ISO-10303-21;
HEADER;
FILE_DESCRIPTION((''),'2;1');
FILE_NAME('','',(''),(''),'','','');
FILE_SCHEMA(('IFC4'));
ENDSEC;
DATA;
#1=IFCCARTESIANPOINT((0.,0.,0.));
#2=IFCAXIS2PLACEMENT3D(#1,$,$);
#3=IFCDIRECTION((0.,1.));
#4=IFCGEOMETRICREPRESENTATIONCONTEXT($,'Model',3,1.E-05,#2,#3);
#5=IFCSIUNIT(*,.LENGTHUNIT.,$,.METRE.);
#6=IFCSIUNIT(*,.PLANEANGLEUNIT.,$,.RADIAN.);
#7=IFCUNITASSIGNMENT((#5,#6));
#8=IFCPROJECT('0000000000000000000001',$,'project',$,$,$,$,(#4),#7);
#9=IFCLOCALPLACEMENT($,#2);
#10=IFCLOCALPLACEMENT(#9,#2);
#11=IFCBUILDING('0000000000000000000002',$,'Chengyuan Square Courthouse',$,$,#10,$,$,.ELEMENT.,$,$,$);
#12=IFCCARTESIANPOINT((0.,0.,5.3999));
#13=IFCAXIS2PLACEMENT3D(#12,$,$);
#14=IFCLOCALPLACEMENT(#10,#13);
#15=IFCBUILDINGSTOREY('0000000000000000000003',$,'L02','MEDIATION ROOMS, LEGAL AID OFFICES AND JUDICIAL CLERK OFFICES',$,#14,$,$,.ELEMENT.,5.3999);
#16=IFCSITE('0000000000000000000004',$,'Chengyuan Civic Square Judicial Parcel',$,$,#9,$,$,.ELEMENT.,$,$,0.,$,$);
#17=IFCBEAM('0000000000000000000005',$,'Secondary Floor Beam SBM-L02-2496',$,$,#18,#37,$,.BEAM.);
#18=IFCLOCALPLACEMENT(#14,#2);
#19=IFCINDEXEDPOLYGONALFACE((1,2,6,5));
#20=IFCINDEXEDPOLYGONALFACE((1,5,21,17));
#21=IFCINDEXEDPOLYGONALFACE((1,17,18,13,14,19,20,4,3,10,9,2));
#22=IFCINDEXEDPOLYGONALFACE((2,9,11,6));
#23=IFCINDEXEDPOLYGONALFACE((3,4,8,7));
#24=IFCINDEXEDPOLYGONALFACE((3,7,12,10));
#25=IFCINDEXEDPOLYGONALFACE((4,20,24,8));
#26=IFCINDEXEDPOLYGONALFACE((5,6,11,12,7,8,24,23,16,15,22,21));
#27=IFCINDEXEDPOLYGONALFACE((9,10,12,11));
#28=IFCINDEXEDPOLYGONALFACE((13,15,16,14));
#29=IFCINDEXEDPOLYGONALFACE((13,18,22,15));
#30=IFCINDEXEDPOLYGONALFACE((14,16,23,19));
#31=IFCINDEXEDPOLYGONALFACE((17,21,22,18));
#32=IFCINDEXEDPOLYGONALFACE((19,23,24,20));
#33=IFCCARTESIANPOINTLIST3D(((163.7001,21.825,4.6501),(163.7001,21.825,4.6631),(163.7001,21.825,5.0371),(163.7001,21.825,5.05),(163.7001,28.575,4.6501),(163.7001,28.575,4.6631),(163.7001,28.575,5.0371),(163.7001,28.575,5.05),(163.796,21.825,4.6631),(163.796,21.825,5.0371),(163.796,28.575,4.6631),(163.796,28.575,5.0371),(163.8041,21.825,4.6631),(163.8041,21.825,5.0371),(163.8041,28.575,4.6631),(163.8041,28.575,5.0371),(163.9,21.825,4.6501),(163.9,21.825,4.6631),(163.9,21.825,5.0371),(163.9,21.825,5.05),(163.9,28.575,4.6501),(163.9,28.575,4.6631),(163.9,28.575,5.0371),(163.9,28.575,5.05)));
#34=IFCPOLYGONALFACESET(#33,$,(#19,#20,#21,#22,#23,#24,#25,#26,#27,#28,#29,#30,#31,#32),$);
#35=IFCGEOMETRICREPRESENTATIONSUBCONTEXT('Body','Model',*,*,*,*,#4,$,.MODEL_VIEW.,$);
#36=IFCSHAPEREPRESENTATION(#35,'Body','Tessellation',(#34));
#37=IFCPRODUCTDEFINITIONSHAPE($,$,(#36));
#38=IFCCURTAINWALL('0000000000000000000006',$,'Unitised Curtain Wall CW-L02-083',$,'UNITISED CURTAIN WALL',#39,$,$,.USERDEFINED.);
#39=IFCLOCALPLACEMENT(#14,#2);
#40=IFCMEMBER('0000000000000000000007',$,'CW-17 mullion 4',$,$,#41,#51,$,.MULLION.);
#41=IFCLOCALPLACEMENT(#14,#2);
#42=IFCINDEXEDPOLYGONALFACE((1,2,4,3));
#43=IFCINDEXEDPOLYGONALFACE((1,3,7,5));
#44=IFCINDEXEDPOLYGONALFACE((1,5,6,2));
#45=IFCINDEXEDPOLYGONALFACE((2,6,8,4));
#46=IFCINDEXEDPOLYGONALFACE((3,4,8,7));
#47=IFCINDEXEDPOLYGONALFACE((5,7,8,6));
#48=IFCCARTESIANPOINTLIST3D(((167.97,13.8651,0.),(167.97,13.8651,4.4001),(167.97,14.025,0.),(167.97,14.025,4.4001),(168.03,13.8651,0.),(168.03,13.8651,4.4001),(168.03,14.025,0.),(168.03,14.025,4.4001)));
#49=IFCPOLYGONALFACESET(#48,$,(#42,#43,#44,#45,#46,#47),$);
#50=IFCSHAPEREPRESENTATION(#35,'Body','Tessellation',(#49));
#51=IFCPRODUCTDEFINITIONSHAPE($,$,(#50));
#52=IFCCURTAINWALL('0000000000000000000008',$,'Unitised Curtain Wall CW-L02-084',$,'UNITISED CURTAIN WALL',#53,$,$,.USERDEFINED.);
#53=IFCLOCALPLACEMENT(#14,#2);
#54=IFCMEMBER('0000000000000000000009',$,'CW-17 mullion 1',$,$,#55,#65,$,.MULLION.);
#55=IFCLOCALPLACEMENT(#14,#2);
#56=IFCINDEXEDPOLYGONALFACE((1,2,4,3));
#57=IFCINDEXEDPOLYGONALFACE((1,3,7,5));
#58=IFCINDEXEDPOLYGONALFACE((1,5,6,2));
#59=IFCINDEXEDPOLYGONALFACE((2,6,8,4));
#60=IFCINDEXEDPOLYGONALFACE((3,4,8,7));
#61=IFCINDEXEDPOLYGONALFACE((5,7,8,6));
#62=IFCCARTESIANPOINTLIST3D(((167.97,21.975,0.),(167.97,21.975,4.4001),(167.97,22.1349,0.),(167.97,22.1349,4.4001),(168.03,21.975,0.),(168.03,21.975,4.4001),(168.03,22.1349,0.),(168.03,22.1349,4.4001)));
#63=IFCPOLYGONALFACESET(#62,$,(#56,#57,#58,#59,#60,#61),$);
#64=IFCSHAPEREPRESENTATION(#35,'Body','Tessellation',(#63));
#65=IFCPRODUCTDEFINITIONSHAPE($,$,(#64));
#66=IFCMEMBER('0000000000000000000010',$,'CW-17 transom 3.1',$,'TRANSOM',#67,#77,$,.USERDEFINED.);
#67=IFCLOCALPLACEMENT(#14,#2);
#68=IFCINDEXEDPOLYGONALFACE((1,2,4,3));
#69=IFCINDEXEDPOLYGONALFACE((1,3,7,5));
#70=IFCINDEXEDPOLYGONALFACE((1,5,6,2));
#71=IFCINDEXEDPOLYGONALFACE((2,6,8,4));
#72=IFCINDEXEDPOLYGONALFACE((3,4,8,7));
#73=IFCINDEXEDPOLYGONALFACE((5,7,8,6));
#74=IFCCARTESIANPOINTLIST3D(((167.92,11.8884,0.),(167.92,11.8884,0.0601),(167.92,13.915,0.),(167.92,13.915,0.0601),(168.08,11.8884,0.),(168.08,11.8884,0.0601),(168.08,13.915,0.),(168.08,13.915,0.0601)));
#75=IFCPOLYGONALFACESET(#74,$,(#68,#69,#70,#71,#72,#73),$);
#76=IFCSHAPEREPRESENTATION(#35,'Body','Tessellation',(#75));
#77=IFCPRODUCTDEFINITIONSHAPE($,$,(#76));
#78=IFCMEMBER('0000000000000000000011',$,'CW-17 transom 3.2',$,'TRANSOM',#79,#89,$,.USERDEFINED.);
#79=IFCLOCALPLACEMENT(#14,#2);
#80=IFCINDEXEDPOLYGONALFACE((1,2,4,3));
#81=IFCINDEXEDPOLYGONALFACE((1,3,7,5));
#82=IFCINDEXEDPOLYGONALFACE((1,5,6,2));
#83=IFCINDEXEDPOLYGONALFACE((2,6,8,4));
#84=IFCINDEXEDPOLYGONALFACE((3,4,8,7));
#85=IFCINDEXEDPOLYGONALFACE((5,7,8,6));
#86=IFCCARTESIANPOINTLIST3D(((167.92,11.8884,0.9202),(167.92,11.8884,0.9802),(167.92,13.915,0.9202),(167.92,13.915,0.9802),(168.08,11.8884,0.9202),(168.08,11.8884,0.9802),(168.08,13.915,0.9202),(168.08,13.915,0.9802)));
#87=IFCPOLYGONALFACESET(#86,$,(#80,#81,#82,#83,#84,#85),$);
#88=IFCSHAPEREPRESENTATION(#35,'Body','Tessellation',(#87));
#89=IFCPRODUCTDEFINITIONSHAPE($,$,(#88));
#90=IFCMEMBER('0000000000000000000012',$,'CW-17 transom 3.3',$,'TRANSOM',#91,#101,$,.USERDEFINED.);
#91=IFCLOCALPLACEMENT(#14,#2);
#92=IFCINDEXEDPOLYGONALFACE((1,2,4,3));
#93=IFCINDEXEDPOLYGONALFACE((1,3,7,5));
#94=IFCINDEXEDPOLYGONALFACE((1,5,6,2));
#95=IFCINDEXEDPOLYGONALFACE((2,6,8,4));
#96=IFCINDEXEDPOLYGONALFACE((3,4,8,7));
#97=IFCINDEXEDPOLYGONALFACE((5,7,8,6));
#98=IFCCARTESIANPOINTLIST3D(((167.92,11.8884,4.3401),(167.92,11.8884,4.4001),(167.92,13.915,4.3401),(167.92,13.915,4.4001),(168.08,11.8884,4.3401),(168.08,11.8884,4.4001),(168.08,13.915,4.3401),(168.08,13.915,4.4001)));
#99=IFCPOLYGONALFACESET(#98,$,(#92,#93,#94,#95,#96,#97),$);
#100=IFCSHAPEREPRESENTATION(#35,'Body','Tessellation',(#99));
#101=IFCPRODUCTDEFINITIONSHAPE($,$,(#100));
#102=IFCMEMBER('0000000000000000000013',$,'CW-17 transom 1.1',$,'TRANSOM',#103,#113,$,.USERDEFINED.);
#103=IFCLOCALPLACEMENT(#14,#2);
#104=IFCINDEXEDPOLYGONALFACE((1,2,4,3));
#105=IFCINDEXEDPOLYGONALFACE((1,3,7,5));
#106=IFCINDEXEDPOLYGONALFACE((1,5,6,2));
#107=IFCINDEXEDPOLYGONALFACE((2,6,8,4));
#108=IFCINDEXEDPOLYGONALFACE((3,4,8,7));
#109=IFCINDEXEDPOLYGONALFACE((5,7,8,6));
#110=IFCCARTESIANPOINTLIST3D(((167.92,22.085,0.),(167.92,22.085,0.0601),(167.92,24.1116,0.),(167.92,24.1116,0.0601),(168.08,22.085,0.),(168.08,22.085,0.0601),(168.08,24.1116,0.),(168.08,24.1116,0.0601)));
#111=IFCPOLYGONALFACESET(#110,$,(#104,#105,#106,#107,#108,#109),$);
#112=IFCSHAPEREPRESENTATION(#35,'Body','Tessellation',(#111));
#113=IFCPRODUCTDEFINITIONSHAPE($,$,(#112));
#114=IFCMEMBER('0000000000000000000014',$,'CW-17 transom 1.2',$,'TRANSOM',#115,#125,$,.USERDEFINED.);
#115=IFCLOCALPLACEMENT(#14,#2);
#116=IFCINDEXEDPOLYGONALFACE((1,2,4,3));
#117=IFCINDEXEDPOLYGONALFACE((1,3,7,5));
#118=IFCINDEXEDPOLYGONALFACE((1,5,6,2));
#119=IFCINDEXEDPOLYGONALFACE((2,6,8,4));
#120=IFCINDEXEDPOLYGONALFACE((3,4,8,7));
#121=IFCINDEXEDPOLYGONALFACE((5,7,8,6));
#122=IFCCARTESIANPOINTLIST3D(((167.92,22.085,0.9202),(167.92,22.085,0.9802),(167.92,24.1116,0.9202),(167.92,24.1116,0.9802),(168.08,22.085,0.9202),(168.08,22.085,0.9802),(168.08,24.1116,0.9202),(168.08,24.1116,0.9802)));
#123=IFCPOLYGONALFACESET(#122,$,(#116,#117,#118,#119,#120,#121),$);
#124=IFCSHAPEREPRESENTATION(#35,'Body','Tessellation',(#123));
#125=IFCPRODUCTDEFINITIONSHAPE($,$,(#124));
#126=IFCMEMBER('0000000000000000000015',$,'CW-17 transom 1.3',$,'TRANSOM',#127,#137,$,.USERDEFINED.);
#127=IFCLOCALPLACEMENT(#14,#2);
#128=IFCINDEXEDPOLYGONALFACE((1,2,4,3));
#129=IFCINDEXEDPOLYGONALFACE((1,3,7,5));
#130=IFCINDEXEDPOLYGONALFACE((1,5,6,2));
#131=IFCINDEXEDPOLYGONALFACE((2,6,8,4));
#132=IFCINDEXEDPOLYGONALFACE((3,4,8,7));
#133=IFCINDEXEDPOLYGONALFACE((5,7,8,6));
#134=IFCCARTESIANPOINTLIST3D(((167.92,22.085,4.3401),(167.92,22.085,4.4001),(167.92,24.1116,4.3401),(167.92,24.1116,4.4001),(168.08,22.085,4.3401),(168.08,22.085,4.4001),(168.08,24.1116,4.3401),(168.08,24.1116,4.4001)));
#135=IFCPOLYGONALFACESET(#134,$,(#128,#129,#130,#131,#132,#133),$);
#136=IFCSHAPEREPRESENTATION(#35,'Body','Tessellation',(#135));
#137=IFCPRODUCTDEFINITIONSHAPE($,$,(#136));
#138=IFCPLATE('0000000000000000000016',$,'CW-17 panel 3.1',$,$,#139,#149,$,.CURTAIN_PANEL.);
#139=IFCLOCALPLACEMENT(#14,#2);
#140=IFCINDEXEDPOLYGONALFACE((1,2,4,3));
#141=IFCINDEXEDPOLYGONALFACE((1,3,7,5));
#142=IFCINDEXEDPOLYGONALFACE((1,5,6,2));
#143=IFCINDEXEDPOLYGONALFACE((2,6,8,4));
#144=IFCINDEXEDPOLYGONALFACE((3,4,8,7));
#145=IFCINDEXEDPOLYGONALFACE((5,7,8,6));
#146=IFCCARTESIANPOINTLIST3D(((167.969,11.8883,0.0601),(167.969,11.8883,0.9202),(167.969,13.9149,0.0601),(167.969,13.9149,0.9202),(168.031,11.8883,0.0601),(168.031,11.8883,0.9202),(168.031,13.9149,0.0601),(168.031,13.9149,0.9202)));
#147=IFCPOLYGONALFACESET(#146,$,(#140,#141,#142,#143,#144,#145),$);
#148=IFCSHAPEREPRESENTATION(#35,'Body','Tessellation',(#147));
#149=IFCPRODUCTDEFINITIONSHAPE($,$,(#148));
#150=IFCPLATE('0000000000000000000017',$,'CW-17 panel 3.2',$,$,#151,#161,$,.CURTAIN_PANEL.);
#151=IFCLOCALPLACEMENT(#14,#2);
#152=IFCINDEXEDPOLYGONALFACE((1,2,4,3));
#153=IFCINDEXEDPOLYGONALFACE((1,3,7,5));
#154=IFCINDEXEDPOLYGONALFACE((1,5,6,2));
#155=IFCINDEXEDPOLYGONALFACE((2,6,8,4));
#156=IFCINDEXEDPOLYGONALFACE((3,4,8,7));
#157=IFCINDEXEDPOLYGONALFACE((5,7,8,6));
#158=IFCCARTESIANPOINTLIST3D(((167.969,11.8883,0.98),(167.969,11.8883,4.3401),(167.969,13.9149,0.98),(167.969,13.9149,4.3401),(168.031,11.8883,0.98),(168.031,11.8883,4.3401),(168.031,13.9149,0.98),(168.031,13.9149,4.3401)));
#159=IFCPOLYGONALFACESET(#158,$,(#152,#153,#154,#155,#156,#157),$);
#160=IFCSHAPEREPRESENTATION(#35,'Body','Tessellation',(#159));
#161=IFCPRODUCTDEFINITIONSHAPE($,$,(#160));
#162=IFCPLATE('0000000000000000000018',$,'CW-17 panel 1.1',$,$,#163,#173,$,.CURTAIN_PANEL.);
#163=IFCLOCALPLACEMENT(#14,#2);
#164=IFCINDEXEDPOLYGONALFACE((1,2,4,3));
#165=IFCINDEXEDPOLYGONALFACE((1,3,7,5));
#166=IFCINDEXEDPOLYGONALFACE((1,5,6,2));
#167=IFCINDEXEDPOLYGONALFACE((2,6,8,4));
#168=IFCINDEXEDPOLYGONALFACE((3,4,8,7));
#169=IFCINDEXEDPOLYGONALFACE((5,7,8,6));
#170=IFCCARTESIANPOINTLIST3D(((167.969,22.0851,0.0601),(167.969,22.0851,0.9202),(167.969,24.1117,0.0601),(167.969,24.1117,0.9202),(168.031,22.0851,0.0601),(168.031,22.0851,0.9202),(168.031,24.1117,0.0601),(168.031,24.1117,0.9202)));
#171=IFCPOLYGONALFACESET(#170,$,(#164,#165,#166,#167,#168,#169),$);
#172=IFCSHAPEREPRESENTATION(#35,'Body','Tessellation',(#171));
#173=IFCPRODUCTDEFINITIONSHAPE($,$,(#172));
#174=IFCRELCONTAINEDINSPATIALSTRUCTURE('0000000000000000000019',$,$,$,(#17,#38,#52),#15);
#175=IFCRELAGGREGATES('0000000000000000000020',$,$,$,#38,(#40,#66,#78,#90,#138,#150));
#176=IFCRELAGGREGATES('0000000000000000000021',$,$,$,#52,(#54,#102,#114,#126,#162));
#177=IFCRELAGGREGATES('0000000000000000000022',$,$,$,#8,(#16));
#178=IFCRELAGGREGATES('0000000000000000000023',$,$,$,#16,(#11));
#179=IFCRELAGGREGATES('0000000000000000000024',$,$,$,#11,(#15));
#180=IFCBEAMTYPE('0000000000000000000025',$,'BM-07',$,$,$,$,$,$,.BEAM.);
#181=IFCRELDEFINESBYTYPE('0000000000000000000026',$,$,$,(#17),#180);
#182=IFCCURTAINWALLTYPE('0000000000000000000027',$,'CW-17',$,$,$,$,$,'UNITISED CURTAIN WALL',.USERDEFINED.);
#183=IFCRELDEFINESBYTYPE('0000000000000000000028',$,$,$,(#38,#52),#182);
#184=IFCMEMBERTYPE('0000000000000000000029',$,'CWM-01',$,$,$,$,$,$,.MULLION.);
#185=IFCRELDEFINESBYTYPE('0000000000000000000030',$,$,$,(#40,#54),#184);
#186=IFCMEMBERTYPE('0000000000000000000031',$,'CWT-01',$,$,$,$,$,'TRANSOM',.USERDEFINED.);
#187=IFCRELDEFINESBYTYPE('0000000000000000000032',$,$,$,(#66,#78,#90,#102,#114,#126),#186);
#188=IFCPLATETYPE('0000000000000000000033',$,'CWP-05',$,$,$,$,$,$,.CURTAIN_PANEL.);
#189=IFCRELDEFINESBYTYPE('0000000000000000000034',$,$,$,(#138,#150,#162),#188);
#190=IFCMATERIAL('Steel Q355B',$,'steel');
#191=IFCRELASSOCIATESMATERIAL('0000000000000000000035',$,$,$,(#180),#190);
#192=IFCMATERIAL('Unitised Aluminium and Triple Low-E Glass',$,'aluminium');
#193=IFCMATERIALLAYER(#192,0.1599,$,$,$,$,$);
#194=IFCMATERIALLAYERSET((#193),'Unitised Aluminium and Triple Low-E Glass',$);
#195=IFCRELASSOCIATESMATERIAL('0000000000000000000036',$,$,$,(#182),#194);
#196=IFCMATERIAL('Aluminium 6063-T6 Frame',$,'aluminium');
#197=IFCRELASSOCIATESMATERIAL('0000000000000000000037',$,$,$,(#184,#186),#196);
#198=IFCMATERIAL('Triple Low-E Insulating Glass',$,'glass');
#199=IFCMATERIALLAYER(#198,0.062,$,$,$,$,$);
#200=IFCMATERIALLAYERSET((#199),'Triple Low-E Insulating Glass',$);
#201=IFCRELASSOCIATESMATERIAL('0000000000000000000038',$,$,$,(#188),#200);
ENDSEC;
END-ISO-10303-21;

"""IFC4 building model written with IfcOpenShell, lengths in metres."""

from ifc_helpers import new_model, si_unit, direction, frame, origin, origin_2d, place, context, subcontext, project, spatial, rectangle, i_section, extrude, material, layer, layer_set, material_profile, profile_set, type_object, element, aggregate, save


model = new_model("IFC4")

# Units and contexts
model_context = context("Model", 3, precision=1e-05, world=origin(), true_north=direction((0.0, 1.0)))
body_context = subcontext(model_context, "Body", "Model", "MODEL_VIEW")
ifc_project = project(units=[si_unit("LENGTHUNIT", "METRE"), si_unit("PLANEANGLEUNIT", "RADIAN")], contexts=[model_context])

# Site, building, storey
site_placement = place(None, origin())
site = spatial("IfcSite", under=ifc_project, at=site_placement, Name="Chengyuan Civic Square Judicial Parcel", CompositionType="ELEMENT", RefElevation=0.0)
building_placement = place(site_placement, origin())
building = spatial("IfcBuilding", under=site, at=building_placement, Name="Chengyuan Square Courthouse", CompositionType="ELEMENT")
storey_placement = place(building_placement, frame((0.0, 0.0, 5.3999)))
storey = spatial("IfcBuildingStorey", under=building, at=storey_placement, Name="L02", Description="MEDIATION ROOMS, LEGAL AID OFFICES AND JUDICIAL CLERK OFFICES", CompositionType="ELEMENT", Elevation=5.3999)

# Beam
ifc_material_1 = material(Name="Steel Q355B", Category="steel")
ifc_material_profile_1 = material_profile(ifc_material_1, i_section(OverallWidth=0.2, OverallDepth=0.3999, WebThickness=0.0081, FlangeThickness=0.0129, at=origin_2d()), Name="HN 400x200x8x13")
ifc_profile_set_1 = profile_set([ifc_material_profile_1], Name="Steel Q355B")
beam_type_1 = type_object("IfcBeamType", Name="BM-07", PredefinedType="BEAM", material=ifc_profile_set_1)
beam_1_placement = place(storey_placement, frame((163.8, 21.825, 4.8501), z_axis=(0.0, 1.0, 0.0), x_axis=(-1.0, 0.0, 0.0)))
element("IfcBeam", 1, at=beam_1_placement, inside=storey, type_object=beam_type_1, Name="Secondary Floor Beam SBM-L02-2496", PredefinedType="BEAM", context=body_context, shape_type="SweptSolid", body=[
    extrude(i_section(OverallWidth=0.2, OverallDepth=0.3999, WebThickness=0.0081, FlangeThickness=0.0129, at=origin_2d()), origin(), (0.0, 0.0, 1.0), 6.75),
])

# Curtain walls, members
ifc_material_2 = material(Name="Unitised Aluminium and Triple Low-E Glass", Category="aluminium")
ifc_layer_1 = layer(ifc_material_2, 0.1599)
ifc_layer_set_1 = layer_set([ifc_layer_1], Name="Unitised Aluminium and Triple Low-E Glass")
curtain_wall_type = type_object("IfcCurtainWallType", Name="CW-17", ElementType="UNITISED CURTAIN WALL", PredefinedType="USERDEFINED", material=ifc_layer_set_1)
curtain_wall_1_placement = place(storey_placement, origin())
curtain_wall_1 = element("IfcCurtainWall", 2, at=curtain_wall_1_placement, inside=storey, type_object=curtain_wall_type, Name="Unitised Curtain Wall CW-L02-083", ObjectType="UNITISED CURTAIN WALL", PredefinedType="USERDEFINED")
ifc_material_3 = material(Name="Aluminium 6063-T6 Frame", Category="aluminium")
ifc_material_profile_2 = material_profile(ifc_material_3, rectangle(XDim=0.0601, YDim=0.1599, at=origin_2d()), Name="CW-MUL-60x160")
ifc_profile_set_2 = profile_set([ifc_material_profile_2], Name="Aluminium 6063-T6 Frame")
member_type_1 = type_object("IfcMemberType", Name="CWM-01", PredefinedType="MULLION", material=ifc_profile_set_2)
member_1_placement = place(storey_placement, frame((168.0, 13.9451, 0.0), z_axis=(0.0, 0.0, 1.0), x_axis=(-1.0, 0.0, 0.0)))
member_1 = element("IfcMember", 3, at=member_1_placement, type_object=member_type_1, Name="CW-17 mullion 4", PredefinedType="MULLION", context=body_context, shape_type="SweptSolid", body=[
    extrude(rectangle(XDim=0.0601, YDim=0.1599, at=origin_2d()), origin(), (0.0, 0.0, 1.0), 4.4001),
])
curtain_wall_2_placement = place(storey_placement, origin())
curtain_wall_2 = element("IfcCurtainWall", 4, at=curtain_wall_2_placement, inside=storey, type_object=curtain_wall_type, Name="Unitised Curtain Wall CW-L02-084", ObjectType="UNITISED CURTAIN WALL", PredefinedType="USERDEFINED")
member_2_placement = place(storey_placement, frame((168.0, 22.0549, 0.0), z_axis=(0.0, 0.0, 1.0), x_axis=(-1.0, 0.0, 0.0)))
member_2 = element("IfcMember", 5, at=member_2_placement, type_object=member_type_1, Name="CW-17 mullion 1", PredefinedType="MULLION", context=body_context, shape_type="SweptSolid", body=[
    extrude(rectangle(XDim=0.0601, YDim=0.1599, at=origin_2d()), origin(), (0.0, 0.0, 1.0), 4.4001),
])

# Members
ifc_material_profile_3 = material_profile(ifc_material_3, rectangle(XDim=0.1599, YDim=0.0601, at=origin_2d()), Name="CW-TRN-60x120")
ifc_profile_set_3 = profile_set([ifc_material_profile_3], Name="Aluminium 6063-T6 Frame")
member_type_2 = type_object("IfcMemberType", Name="CWT-01", ElementType="TRANSOM", PredefinedType="USERDEFINED", material=ifc_profile_set_3)
member_3_placement = place(storey_placement, frame((168.0, 11.8884, 0.03), z_axis=(0.0, 1.0, 0.0), x_axis=(-1.0, 0.0, 0.0)))
member_3 = element("IfcMember", 6, at=member_3_placement, type_object=member_type_2, Name="CW-17 transom 3.1", ObjectType="TRANSOM", PredefinedType="USERDEFINED", context=body_context, shape_type="SweptSolid", body=[
    extrude(rectangle(XDim=0.1599, YDim=0.0601, at=origin_2d()), origin(), (0.0, 0.0, 1.0), 2.0266),
])
member_4_placement = place(storey_placement, frame((168.0, 11.8884, 0.9502), z_axis=(0.0, 1.0, 0.0), x_axis=(-1.0, 0.0, 0.0)))
member_4 = element("IfcMember", 7, at=member_4_placement, type_object=member_type_2, Name="CW-17 transom 3.2", ObjectType="TRANSOM", PredefinedType="USERDEFINED", context=body_context, shape_type="SweptSolid", body=[
    extrude(rectangle(XDim=0.1599, YDim=0.0601, at=origin_2d()), origin(), (0.0, 0.0, 1.0), 2.0266),
])
member_5_placement = place(storey_placement, frame((168.0, 11.8884, 4.3701), z_axis=(0.0, 1.0, 0.0), x_axis=(-1.0, 0.0, 0.0)))
member_5 = element("IfcMember", 8, at=member_5_placement, type_object=member_type_2, Name="CW-17 transom 3.3", ObjectType="TRANSOM", PredefinedType="USERDEFINED", context=body_context, shape_type="SweptSolid", body=[
    extrude(rectangle(XDim=0.1599, YDim=0.0601, at=origin_2d()), origin(), (0.0, 0.0, 1.0), 2.0266),
])
member_6_placement = place(storey_placement, frame((168.0, 22.085, 0.03), z_axis=(0.0, 1.0, 0.0), x_axis=(-1.0, 0.0, 0.0)))
member_6 = element("IfcMember", 9, at=member_6_placement, type_object=member_type_2, Name="CW-17 transom 1.1", ObjectType="TRANSOM", PredefinedType="USERDEFINED", context=body_context, shape_type="SweptSolid", body=[
    extrude(rectangle(XDim=0.1599, YDim=0.0601, at=origin_2d()), origin(), (0.0, 0.0, 1.0), 2.0266),
])
member_7_placement = place(storey_placement, frame((168.0, 22.085, 0.9502), z_axis=(0.0, 1.0, 0.0), x_axis=(-1.0, 0.0, 0.0)))
member_7 = element("IfcMember", 10, at=member_7_placement, type_object=member_type_2, Name="CW-17 transom 1.2", ObjectType="TRANSOM", PredefinedType="USERDEFINED", context=body_context, shape_type="SweptSolid", body=[
    extrude(rectangle(XDim=0.1599, YDim=0.0601, at=origin_2d()), origin(), (0.0, 0.0, 1.0), 2.0266),
])
member_8_placement = place(storey_placement, frame((168.0, 22.085, 4.3701), z_axis=(0.0, 1.0, 0.0), x_axis=(-1.0, 0.0, 0.0)))
member_8 = element("IfcMember", 11, at=member_8_placement, type_object=member_type_2, Name="CW-17 transom 1.3", ObjectType="TRANSOM", PredefinedType="USERDEFINED", context=body_context, shape_type="SweptSolid", body=[
    extrude(rectangle(XDim=0.1599, YDim=0.0601, at=origin_2d()), origin(), (0.0, 0.0, 1.0), 2.0266),
])

# Plates
ifc_material_4 = material(Name="Triple Low-E Insulating Glass", Category="glass")
ifc_layer_2 = layer(ifc_material_4, 0.062)
ifc_layer_set_2 = layer_set([ifc_layer_2], Name="Triple Low-E Insulating Glass")
plate_type = type_object("IfcPlateType", Name="CWP-05", PredefinedType="CURTAIN_PANEL", material=ifc_layer_set_2)
plate_1_placement = place(storey_placement, frame((168.0, 12.9016, 0.0601), z_axis=(0.0, 0.0, 1.0), x_axis=(0.0, 1.0, 0.0)))
plate_1 = element("IfcPlate", 12, at=plate_1_placement, type_object=plate_type, Name="CW-17 panel 3.1", PredefinedType="CURTAIN_PANEL", context=body_context, shape_type="SweptSolid", body=[
    extrude(rectangle(XDim=2.0266, YDim=0.062, at=origin_2d()), origin(), (0.0, 0.0, 1.0), 0.8601),
])
plate_2_placement = place(storey_placement, frame((168.0, 12.9016, 0.98), z_axis=(0.0, 0.0, 1.0), x_axis=(0.0, 1.0, 0.0)))
plate_2 = element("IfcPlate", 13, at=plate_2_placement, type_object=plate_type, Name="CW-17 panel 3.2", PredefinedType="CURTAIN_PANEL", context=body_context, shape_type="SweptSolid", body=[
    extrude(rectangle(XDim=2.0266, YDim=0.062, at=origin_2d()), origin(), (0.0, 0.0, 1.0), 3.3601),
])
aggregate(curtain_wall_1, [member_1, member_3, member_4, member_5, plate_1, plate_2])
plate_3_placement = place(storey_placement, frame((168.0, 23.0984, 0.0601), z_axis=(0.0, 0.0, 1.0), x_axis=(0.0, 1.0, 0.0)))
plate_3 = element("IfcPlate", 14, at=plate_3_placement, type_object=plate_type, Name="CW-17 panel 1.1", PredefinedType="CURTAIN_PANEL", context=body_context, shape_type="SweptSolid", body=[
    extrude(rectangle(XDim=2.0266, YDim=0.062, at=origin_2d()), origin(), (0.0, 0.0, 1.0), 0.8601),
])
aggregate(curtain_wall_2, [member_2, member_6, member_7, member_8, plate_3])

save(model, "model.ifc")
